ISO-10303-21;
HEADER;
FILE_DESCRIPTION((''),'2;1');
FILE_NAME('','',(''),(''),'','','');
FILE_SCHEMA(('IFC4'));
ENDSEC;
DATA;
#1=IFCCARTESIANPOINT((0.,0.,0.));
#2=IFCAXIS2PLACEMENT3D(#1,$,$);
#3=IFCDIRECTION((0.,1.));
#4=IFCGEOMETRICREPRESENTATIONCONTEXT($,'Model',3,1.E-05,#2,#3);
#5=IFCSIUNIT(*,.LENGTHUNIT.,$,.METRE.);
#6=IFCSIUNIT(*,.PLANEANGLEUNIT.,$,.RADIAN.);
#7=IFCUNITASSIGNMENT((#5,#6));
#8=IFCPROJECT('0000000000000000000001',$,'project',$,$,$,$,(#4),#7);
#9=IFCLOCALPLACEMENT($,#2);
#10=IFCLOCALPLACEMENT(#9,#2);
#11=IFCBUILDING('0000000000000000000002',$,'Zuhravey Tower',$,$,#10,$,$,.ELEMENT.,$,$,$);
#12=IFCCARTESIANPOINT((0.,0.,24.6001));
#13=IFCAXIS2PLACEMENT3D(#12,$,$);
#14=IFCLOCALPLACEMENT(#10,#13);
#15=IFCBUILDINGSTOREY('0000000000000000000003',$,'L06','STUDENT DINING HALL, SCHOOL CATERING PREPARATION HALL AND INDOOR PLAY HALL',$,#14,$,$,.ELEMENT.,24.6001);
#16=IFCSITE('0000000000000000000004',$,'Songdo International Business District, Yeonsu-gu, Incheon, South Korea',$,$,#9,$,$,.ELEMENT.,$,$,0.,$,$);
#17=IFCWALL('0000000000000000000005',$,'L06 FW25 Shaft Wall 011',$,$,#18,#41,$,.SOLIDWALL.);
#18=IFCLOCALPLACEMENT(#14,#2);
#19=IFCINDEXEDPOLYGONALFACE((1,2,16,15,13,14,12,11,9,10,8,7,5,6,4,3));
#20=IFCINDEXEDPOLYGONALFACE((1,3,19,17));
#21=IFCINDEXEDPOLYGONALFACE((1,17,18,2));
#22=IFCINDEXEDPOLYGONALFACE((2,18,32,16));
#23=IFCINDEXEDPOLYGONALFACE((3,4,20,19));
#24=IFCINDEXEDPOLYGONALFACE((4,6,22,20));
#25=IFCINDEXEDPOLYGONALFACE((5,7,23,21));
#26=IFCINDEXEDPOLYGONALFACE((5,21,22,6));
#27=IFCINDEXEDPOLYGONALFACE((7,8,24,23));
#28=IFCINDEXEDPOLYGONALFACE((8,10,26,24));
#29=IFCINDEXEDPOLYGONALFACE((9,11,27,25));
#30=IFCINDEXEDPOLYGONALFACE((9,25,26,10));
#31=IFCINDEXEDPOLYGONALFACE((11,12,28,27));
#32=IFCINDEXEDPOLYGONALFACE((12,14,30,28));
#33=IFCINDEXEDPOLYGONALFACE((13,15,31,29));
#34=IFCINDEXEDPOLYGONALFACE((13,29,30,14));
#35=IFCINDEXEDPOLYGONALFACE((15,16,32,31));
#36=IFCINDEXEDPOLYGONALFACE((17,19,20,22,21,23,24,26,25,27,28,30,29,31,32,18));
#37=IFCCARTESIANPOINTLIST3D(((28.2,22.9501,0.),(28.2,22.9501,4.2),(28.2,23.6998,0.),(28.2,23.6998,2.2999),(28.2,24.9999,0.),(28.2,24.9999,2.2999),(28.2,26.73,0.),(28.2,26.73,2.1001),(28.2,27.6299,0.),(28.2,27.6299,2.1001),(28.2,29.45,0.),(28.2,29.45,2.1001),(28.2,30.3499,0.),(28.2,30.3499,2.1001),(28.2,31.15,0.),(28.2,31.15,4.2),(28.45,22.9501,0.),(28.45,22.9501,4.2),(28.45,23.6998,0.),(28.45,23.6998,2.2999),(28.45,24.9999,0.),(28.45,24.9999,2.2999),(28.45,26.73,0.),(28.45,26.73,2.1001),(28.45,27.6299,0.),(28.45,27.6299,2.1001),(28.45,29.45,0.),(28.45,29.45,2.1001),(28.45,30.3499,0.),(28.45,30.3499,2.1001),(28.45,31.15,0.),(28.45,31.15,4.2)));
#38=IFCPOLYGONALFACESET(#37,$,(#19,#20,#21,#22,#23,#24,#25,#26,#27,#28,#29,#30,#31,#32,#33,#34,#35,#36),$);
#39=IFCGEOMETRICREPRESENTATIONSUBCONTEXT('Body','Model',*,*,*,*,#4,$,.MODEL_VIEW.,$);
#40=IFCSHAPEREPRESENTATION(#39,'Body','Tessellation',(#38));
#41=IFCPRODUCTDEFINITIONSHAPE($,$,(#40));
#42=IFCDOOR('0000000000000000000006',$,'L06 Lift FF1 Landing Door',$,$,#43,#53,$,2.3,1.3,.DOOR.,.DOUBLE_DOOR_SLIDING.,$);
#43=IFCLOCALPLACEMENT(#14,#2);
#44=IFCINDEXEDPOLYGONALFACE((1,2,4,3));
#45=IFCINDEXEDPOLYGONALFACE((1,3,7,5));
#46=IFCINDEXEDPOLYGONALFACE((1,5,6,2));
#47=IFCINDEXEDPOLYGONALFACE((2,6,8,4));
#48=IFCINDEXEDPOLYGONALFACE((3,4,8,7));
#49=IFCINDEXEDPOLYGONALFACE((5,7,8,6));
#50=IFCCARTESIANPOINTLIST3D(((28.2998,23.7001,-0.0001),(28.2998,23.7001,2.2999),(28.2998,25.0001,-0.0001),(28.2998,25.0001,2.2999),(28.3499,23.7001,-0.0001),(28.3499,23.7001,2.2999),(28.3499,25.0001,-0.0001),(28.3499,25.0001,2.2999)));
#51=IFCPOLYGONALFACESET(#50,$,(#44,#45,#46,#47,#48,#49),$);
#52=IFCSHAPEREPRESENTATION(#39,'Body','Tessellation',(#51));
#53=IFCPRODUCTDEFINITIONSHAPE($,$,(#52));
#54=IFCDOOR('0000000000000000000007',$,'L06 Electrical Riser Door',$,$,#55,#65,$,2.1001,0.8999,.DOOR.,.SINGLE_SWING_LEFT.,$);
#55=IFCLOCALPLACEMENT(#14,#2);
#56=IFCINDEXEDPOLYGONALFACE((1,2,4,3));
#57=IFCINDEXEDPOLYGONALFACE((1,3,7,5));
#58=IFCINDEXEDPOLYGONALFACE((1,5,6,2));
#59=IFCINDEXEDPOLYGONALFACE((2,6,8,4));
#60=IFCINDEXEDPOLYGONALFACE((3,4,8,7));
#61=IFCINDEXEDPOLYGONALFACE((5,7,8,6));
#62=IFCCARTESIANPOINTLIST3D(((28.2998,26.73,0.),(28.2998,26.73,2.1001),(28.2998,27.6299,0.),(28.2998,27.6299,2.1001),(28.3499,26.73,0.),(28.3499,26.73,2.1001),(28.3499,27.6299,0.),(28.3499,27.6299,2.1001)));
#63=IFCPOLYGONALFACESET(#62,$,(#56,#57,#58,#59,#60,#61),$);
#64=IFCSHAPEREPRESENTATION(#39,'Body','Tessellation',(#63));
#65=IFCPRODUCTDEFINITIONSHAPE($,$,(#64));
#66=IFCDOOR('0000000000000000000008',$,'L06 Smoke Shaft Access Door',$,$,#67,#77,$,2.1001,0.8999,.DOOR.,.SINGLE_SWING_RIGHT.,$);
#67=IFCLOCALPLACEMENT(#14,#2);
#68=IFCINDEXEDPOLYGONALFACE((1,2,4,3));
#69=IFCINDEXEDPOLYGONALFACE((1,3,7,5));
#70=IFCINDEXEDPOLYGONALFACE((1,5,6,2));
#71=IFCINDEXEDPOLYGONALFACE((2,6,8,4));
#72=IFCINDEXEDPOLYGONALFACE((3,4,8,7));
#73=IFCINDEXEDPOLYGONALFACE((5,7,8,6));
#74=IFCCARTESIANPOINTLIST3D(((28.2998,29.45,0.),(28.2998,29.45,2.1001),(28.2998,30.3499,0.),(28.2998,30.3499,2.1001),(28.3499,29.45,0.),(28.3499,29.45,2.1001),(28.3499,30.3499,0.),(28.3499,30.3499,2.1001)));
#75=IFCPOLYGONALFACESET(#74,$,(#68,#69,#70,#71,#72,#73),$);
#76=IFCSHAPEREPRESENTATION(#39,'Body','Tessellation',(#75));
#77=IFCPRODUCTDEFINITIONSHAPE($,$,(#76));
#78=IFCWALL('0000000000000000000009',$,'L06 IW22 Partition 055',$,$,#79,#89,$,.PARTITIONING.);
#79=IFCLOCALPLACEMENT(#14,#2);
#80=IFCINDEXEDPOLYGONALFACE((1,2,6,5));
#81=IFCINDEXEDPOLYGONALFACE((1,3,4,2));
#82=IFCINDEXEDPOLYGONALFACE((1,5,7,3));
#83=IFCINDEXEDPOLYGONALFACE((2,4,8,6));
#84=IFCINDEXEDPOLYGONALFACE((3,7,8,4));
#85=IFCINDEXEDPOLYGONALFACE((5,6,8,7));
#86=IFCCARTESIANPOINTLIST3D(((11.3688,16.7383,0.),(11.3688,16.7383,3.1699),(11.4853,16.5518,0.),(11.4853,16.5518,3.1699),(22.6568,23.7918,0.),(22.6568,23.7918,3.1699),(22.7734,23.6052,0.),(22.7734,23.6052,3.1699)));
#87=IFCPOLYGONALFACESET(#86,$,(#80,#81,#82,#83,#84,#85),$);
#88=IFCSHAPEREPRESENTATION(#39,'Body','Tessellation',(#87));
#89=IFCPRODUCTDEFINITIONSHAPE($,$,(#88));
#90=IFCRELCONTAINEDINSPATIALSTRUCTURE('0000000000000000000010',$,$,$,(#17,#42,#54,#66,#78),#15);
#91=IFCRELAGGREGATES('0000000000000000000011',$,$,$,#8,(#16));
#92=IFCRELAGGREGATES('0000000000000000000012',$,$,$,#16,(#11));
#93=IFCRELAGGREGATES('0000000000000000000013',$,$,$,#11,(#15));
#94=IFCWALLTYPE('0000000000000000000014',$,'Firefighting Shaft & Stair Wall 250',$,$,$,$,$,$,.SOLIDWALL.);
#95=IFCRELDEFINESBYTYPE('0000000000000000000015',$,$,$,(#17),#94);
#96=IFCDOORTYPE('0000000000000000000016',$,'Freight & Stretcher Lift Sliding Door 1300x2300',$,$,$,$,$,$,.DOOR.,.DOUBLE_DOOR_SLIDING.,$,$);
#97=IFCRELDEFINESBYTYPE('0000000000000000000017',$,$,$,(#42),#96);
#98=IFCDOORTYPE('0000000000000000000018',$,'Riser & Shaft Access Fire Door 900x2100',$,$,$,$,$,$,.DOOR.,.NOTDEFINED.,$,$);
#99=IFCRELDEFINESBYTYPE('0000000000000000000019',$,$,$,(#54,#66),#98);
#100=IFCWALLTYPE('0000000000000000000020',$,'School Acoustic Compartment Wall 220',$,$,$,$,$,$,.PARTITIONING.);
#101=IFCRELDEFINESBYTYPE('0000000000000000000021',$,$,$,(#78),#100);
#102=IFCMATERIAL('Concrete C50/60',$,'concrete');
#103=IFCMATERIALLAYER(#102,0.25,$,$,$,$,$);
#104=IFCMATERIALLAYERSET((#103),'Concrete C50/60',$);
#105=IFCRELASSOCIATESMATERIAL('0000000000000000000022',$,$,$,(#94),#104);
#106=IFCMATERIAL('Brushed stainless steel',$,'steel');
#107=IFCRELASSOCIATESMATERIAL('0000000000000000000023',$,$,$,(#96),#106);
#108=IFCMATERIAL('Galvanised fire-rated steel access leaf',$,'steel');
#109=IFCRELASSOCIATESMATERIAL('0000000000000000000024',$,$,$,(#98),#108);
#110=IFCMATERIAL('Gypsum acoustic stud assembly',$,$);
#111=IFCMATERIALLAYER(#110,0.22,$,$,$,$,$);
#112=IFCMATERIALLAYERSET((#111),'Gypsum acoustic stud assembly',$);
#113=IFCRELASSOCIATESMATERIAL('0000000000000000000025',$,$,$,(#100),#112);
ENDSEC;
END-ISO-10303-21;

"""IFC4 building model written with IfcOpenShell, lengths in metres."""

from ifc_helpers import new_model, si_unit, direction, frame, frame_2d, origin, place, context, subcontext, project, spatial, rectangle, extrude, material, layer, layer_set, type_object, element, fill, save


model = new_model("IFC4")

# Units and contexts
model_context = context("Model", 3, precision=1e-05, world=origin(), true_north=direction((0.0, 1.0)))
body_context = subcontext(model_context, "Body", "Model", "MODEL_VIEW")
ifc_project = project(units=[si_unit("LENGTHUNIT", "METRE"), si_unit("PLANEANGLEUNIT", "RADIAN")], contexts=[model_context])

# Site, building, storey
site_placement = place(None, origin())
site = spatial("IfcSite", under=ifc_project, at=site_placement, Name="Songdo International Business District, Yeonsu-gu, Incheon, South Korea", CompositionType="ELEMENT", RefElevation=0.0)
building_placement = place(site_placement, origin())
building = spatial("IfcBuilding", under=site, at=building_placement, Name="Zuhravey Tower", CompositionType="ELEMENT")
storey_placement = place(building_placement, frame((0.0, 0.0, 24.6001)))
storey = spatial("IfcBuildingStorey", under=building, at=storey_placement, Name="L06", Description="STUDENT DINING HALL, SCHOOL CATERING PREPARATION HALL AND INDOOR PLAY HALL", CompositionType="ELEMENT", Elevation=24.6001)

# Shared definitions
ifc_material_1 = material(Name="Concrete C50/60", Category="concrete")
ifc_layer_1 = layer(ifc_material_1, 0.25)
ifc_layer_set_1 = layer_set([ifc_layer_1], Name="Concrete C50/60")
wall_type_1 = type_object("IfcWallType", Name="Firefighting Shaft & Stair Wall 250", PredefinedType="SOLIDWALL", material=ifc_layer_set_1)

# Wall, openings, doors
wall_1_placement = place(storey_placement, frame((28.325, 22.95, 0.0), z_axis=(0.0, 0.0, 1.0), x_axis=(0.0, 1.0, 0.0)))
wall_1 = element("IfcWall", 1, at=wall_1_placement, inside=storey, type_object=wall_type_1, Name="L06 FW25 Shaft Wall 011", PredefinedType="SOLIDWALL", context=body_context, shape_type="SweptSolid", body=[
    extrude(rectangle(XDim=8.2, YDim=0.25, at=frame_2d((4.1001, 0.0))), origin(), (0.0, 0.0, 1.0), 4.2),
])
opening_1_placement = place(wall_1_placement, frame((0.75, 0.0, 0.0)))
opening_1 = element("IfcOpeningElement", 2, at=opening_1_placement, cuts=wall_1, PredefinedType="OPENING", context=body_context, shape_type="SweptSolid", body=[
    extrude(rectangle(XDim=1.3, YDim=2.3, at=frame_2d((0.6499, 1.1499))), frame((0.0, 0.137, 0.0), z_axis=(0.0, -1.0, 0.0), x_axis=(1.0, 0.0, 0.0)), (0.0, 0.0, 1.0), 0.2739),
])
opening_2_placement = place(wall_1_placement, frame((3.78, 0.0, 0.0)))
opening_2 = element("IfcOpeningElement", 3, at=opening_2_placement, cuts=wall_1, PredefinedType="OPENING", context=body_context, shape_type="SweptSolid", body=[
    extrude(rectangle(XDim=0.8999, YDim=2.1001, at=frame_2d((0.45, 1.05))), frame((0.0, 0.137, 0.0), z_axis=(0.0, -1.0, 0.0), x_axis=(1.0, 0.0, 0.0)), (0.0, 0.0, 1.0), 0.2739),
])
opening_3_placement = place(wall_1_placement, frame((6.5, 0.0, 0.0)))
opening_3 = element("IfcOpeningElement", 4, at=opening_3_placement, cuts=wall_1, PredefinedType="OPENING", context=body_context, shape_type="SweptSolid", body=[
    extrude(rectangle(XDim=0.8999, YDim=2.1001, at=frame_2d((0.45, 1.05))), frame((0.0, 0.137, 0.0), z_axis=(0.0, -1.0, 0.0), x_axis=(1.0, 0.0, 0.0)), (0.0, 0.0, 1.0), 0.2739),
])
ifc_material_2 = material(Name="Brushed stainless steel", Category="steel")
door_type_1 = type_object("IfcDoorType", Name="Freight & Stretcher Lift Sliding Door 1300x2300", OperationType="DOUBLE_DOOR_SLIDING", PredefinedType="DOOR", material=ifc_material_2)
door_1_placement = place(opening_1_placement, frame((1.3, 0.0, 0.0), z_axis=(0.0, 0.0, 1.0), x_axis=(-1.0, 0.0, 0.0)))
door_1 = element("IfcDoor", 5, at=door_1_placement, inside=storey, type_object=door_type_1, Name="L06 Lift FF1 Landing Door", OperationType="DOUBLE_DOOR_SLIDING", OverallHeight=2.3, OverallWidth=1.3, PredefinedType="DOOR", context=body_context, shape_type="SweptSolid", body=[
    extrude(rectangle(XDim=1.3, YDim=2.3, at=frame_2d((0.6499, 1.1499))), frame((0.0, 0.0249, 0.0), z_axis=(0.0, -1.0, 0.0), x_axis=(1.0, 0.0, 0.0)), (0.0, 0.0, 1.0), 0.05),
])
fill(opening_1, door_1)
ifc_material_3 = material(Name="Galvanised fire-rated steel access leaf", Category="steel")
door_type_2 = type_object("IfcDoorType", Name="Riser & Shaft Access Fire Door 900x2100", OperationType="NOTDEFINED", PredefinedType="DOOR", material=ifc_material_3)
door_2_placement = place(opening_2_placement, frame((0.8999, 0.0, 0.0), z_axis=(0.0, 0.0, 1.0), x_axis=(-1.0, 0.0, 0.0)))
door_2 = element("IfcDoor", 6, at=door_2_placement, inside=storey, type_object=door_type_2, Name="L06 Electrical Riser Door", OperationType="SINGLE_SWING_LEFT", OverallHeight=2.1001, OverallWidth=0.8999, PredefinedType="DOOR", context=body_context, shape_type="SweptSolid", body=[
    extrude(rectangle(XDim=0.8999, YDim=2.1001, at=frame_2d((0.45, 1.05))), frame((0.0, 0.0249, 0.0), z_axis=(0.0, -1.0, 0.0), x_axis=(1.0, 0.0, 0.0)), (0.0, 0.0, 1.0), 0.05),
])
fill(opening_2, door_2)
door_3_placement = place(opening_3_placement, frame((0.8999, 0.0, 0.0), z_axis=(0.0, 0.0, 1.0), x_axis=(-1.0, 0.0, 0.0)))
door_3 = element("IfcDoor", 7, at=door_3_placement, inside=storey, type_object=door_type_2, Name="L06 Smoke Shaft Access Door", OperationType="SINGLE_SWING_RIGHT", OverallHeight=2.1001, OverallWidth=0.8999, PredefinedType="DOOR", context=body_context, shape_type="SweptSolid", body=[
    extrude(rectangle(XDim=0.8999, YDim=2.1001, at=frame_2d((0.45, 1.05))), frame((0.0, 0.0249, 0.0), z_axis=(0.0, -1.0, 0.0), x_axis=(1.0, 0.0, 0.0)), (0.0, 0.0, 1.0), 0.05),
])
fill(opening_3, door_3)

# Wall
ifc_material_4 = material(Name="Gypsum acoustic stud assembly")
ifc_layer_2 = layer(ifc_material_4, 0.22)
ifc_layer_set_2 = layer_set([ifc_layer_2], Name="Gypsum acoustic stud assembly")
wall_type_2 = type_object("IfcWallType", Name="School Acoustic Compartment Wall 220", PredefinedType="PARTITIONING", material=ifc_layer_set_2)
wall_2_placement = place(storey_placement, frame((22.7151, 23.6985, 0.0), z_axis=(0.0, 0.0, 1.0), x_axis=(-0.848052, -0.529913, 0.0)))
element("IfcWall", 8, at=wall_2_placement, inside=storey, type_object=wall_type_2, Name="L06 IW22 Partition 055", PredefinedType="PARTITIONING", context=body_context, shape_type="SweptSolid", body=[
    extrude(rectangle(XDim=13.3105, YDim=0.22, at=frame_2d((6.6553, 0.0))), origin(), (0.0, 0.0, 1.0), 3.1699),
])

save(model, "model.ifc")
